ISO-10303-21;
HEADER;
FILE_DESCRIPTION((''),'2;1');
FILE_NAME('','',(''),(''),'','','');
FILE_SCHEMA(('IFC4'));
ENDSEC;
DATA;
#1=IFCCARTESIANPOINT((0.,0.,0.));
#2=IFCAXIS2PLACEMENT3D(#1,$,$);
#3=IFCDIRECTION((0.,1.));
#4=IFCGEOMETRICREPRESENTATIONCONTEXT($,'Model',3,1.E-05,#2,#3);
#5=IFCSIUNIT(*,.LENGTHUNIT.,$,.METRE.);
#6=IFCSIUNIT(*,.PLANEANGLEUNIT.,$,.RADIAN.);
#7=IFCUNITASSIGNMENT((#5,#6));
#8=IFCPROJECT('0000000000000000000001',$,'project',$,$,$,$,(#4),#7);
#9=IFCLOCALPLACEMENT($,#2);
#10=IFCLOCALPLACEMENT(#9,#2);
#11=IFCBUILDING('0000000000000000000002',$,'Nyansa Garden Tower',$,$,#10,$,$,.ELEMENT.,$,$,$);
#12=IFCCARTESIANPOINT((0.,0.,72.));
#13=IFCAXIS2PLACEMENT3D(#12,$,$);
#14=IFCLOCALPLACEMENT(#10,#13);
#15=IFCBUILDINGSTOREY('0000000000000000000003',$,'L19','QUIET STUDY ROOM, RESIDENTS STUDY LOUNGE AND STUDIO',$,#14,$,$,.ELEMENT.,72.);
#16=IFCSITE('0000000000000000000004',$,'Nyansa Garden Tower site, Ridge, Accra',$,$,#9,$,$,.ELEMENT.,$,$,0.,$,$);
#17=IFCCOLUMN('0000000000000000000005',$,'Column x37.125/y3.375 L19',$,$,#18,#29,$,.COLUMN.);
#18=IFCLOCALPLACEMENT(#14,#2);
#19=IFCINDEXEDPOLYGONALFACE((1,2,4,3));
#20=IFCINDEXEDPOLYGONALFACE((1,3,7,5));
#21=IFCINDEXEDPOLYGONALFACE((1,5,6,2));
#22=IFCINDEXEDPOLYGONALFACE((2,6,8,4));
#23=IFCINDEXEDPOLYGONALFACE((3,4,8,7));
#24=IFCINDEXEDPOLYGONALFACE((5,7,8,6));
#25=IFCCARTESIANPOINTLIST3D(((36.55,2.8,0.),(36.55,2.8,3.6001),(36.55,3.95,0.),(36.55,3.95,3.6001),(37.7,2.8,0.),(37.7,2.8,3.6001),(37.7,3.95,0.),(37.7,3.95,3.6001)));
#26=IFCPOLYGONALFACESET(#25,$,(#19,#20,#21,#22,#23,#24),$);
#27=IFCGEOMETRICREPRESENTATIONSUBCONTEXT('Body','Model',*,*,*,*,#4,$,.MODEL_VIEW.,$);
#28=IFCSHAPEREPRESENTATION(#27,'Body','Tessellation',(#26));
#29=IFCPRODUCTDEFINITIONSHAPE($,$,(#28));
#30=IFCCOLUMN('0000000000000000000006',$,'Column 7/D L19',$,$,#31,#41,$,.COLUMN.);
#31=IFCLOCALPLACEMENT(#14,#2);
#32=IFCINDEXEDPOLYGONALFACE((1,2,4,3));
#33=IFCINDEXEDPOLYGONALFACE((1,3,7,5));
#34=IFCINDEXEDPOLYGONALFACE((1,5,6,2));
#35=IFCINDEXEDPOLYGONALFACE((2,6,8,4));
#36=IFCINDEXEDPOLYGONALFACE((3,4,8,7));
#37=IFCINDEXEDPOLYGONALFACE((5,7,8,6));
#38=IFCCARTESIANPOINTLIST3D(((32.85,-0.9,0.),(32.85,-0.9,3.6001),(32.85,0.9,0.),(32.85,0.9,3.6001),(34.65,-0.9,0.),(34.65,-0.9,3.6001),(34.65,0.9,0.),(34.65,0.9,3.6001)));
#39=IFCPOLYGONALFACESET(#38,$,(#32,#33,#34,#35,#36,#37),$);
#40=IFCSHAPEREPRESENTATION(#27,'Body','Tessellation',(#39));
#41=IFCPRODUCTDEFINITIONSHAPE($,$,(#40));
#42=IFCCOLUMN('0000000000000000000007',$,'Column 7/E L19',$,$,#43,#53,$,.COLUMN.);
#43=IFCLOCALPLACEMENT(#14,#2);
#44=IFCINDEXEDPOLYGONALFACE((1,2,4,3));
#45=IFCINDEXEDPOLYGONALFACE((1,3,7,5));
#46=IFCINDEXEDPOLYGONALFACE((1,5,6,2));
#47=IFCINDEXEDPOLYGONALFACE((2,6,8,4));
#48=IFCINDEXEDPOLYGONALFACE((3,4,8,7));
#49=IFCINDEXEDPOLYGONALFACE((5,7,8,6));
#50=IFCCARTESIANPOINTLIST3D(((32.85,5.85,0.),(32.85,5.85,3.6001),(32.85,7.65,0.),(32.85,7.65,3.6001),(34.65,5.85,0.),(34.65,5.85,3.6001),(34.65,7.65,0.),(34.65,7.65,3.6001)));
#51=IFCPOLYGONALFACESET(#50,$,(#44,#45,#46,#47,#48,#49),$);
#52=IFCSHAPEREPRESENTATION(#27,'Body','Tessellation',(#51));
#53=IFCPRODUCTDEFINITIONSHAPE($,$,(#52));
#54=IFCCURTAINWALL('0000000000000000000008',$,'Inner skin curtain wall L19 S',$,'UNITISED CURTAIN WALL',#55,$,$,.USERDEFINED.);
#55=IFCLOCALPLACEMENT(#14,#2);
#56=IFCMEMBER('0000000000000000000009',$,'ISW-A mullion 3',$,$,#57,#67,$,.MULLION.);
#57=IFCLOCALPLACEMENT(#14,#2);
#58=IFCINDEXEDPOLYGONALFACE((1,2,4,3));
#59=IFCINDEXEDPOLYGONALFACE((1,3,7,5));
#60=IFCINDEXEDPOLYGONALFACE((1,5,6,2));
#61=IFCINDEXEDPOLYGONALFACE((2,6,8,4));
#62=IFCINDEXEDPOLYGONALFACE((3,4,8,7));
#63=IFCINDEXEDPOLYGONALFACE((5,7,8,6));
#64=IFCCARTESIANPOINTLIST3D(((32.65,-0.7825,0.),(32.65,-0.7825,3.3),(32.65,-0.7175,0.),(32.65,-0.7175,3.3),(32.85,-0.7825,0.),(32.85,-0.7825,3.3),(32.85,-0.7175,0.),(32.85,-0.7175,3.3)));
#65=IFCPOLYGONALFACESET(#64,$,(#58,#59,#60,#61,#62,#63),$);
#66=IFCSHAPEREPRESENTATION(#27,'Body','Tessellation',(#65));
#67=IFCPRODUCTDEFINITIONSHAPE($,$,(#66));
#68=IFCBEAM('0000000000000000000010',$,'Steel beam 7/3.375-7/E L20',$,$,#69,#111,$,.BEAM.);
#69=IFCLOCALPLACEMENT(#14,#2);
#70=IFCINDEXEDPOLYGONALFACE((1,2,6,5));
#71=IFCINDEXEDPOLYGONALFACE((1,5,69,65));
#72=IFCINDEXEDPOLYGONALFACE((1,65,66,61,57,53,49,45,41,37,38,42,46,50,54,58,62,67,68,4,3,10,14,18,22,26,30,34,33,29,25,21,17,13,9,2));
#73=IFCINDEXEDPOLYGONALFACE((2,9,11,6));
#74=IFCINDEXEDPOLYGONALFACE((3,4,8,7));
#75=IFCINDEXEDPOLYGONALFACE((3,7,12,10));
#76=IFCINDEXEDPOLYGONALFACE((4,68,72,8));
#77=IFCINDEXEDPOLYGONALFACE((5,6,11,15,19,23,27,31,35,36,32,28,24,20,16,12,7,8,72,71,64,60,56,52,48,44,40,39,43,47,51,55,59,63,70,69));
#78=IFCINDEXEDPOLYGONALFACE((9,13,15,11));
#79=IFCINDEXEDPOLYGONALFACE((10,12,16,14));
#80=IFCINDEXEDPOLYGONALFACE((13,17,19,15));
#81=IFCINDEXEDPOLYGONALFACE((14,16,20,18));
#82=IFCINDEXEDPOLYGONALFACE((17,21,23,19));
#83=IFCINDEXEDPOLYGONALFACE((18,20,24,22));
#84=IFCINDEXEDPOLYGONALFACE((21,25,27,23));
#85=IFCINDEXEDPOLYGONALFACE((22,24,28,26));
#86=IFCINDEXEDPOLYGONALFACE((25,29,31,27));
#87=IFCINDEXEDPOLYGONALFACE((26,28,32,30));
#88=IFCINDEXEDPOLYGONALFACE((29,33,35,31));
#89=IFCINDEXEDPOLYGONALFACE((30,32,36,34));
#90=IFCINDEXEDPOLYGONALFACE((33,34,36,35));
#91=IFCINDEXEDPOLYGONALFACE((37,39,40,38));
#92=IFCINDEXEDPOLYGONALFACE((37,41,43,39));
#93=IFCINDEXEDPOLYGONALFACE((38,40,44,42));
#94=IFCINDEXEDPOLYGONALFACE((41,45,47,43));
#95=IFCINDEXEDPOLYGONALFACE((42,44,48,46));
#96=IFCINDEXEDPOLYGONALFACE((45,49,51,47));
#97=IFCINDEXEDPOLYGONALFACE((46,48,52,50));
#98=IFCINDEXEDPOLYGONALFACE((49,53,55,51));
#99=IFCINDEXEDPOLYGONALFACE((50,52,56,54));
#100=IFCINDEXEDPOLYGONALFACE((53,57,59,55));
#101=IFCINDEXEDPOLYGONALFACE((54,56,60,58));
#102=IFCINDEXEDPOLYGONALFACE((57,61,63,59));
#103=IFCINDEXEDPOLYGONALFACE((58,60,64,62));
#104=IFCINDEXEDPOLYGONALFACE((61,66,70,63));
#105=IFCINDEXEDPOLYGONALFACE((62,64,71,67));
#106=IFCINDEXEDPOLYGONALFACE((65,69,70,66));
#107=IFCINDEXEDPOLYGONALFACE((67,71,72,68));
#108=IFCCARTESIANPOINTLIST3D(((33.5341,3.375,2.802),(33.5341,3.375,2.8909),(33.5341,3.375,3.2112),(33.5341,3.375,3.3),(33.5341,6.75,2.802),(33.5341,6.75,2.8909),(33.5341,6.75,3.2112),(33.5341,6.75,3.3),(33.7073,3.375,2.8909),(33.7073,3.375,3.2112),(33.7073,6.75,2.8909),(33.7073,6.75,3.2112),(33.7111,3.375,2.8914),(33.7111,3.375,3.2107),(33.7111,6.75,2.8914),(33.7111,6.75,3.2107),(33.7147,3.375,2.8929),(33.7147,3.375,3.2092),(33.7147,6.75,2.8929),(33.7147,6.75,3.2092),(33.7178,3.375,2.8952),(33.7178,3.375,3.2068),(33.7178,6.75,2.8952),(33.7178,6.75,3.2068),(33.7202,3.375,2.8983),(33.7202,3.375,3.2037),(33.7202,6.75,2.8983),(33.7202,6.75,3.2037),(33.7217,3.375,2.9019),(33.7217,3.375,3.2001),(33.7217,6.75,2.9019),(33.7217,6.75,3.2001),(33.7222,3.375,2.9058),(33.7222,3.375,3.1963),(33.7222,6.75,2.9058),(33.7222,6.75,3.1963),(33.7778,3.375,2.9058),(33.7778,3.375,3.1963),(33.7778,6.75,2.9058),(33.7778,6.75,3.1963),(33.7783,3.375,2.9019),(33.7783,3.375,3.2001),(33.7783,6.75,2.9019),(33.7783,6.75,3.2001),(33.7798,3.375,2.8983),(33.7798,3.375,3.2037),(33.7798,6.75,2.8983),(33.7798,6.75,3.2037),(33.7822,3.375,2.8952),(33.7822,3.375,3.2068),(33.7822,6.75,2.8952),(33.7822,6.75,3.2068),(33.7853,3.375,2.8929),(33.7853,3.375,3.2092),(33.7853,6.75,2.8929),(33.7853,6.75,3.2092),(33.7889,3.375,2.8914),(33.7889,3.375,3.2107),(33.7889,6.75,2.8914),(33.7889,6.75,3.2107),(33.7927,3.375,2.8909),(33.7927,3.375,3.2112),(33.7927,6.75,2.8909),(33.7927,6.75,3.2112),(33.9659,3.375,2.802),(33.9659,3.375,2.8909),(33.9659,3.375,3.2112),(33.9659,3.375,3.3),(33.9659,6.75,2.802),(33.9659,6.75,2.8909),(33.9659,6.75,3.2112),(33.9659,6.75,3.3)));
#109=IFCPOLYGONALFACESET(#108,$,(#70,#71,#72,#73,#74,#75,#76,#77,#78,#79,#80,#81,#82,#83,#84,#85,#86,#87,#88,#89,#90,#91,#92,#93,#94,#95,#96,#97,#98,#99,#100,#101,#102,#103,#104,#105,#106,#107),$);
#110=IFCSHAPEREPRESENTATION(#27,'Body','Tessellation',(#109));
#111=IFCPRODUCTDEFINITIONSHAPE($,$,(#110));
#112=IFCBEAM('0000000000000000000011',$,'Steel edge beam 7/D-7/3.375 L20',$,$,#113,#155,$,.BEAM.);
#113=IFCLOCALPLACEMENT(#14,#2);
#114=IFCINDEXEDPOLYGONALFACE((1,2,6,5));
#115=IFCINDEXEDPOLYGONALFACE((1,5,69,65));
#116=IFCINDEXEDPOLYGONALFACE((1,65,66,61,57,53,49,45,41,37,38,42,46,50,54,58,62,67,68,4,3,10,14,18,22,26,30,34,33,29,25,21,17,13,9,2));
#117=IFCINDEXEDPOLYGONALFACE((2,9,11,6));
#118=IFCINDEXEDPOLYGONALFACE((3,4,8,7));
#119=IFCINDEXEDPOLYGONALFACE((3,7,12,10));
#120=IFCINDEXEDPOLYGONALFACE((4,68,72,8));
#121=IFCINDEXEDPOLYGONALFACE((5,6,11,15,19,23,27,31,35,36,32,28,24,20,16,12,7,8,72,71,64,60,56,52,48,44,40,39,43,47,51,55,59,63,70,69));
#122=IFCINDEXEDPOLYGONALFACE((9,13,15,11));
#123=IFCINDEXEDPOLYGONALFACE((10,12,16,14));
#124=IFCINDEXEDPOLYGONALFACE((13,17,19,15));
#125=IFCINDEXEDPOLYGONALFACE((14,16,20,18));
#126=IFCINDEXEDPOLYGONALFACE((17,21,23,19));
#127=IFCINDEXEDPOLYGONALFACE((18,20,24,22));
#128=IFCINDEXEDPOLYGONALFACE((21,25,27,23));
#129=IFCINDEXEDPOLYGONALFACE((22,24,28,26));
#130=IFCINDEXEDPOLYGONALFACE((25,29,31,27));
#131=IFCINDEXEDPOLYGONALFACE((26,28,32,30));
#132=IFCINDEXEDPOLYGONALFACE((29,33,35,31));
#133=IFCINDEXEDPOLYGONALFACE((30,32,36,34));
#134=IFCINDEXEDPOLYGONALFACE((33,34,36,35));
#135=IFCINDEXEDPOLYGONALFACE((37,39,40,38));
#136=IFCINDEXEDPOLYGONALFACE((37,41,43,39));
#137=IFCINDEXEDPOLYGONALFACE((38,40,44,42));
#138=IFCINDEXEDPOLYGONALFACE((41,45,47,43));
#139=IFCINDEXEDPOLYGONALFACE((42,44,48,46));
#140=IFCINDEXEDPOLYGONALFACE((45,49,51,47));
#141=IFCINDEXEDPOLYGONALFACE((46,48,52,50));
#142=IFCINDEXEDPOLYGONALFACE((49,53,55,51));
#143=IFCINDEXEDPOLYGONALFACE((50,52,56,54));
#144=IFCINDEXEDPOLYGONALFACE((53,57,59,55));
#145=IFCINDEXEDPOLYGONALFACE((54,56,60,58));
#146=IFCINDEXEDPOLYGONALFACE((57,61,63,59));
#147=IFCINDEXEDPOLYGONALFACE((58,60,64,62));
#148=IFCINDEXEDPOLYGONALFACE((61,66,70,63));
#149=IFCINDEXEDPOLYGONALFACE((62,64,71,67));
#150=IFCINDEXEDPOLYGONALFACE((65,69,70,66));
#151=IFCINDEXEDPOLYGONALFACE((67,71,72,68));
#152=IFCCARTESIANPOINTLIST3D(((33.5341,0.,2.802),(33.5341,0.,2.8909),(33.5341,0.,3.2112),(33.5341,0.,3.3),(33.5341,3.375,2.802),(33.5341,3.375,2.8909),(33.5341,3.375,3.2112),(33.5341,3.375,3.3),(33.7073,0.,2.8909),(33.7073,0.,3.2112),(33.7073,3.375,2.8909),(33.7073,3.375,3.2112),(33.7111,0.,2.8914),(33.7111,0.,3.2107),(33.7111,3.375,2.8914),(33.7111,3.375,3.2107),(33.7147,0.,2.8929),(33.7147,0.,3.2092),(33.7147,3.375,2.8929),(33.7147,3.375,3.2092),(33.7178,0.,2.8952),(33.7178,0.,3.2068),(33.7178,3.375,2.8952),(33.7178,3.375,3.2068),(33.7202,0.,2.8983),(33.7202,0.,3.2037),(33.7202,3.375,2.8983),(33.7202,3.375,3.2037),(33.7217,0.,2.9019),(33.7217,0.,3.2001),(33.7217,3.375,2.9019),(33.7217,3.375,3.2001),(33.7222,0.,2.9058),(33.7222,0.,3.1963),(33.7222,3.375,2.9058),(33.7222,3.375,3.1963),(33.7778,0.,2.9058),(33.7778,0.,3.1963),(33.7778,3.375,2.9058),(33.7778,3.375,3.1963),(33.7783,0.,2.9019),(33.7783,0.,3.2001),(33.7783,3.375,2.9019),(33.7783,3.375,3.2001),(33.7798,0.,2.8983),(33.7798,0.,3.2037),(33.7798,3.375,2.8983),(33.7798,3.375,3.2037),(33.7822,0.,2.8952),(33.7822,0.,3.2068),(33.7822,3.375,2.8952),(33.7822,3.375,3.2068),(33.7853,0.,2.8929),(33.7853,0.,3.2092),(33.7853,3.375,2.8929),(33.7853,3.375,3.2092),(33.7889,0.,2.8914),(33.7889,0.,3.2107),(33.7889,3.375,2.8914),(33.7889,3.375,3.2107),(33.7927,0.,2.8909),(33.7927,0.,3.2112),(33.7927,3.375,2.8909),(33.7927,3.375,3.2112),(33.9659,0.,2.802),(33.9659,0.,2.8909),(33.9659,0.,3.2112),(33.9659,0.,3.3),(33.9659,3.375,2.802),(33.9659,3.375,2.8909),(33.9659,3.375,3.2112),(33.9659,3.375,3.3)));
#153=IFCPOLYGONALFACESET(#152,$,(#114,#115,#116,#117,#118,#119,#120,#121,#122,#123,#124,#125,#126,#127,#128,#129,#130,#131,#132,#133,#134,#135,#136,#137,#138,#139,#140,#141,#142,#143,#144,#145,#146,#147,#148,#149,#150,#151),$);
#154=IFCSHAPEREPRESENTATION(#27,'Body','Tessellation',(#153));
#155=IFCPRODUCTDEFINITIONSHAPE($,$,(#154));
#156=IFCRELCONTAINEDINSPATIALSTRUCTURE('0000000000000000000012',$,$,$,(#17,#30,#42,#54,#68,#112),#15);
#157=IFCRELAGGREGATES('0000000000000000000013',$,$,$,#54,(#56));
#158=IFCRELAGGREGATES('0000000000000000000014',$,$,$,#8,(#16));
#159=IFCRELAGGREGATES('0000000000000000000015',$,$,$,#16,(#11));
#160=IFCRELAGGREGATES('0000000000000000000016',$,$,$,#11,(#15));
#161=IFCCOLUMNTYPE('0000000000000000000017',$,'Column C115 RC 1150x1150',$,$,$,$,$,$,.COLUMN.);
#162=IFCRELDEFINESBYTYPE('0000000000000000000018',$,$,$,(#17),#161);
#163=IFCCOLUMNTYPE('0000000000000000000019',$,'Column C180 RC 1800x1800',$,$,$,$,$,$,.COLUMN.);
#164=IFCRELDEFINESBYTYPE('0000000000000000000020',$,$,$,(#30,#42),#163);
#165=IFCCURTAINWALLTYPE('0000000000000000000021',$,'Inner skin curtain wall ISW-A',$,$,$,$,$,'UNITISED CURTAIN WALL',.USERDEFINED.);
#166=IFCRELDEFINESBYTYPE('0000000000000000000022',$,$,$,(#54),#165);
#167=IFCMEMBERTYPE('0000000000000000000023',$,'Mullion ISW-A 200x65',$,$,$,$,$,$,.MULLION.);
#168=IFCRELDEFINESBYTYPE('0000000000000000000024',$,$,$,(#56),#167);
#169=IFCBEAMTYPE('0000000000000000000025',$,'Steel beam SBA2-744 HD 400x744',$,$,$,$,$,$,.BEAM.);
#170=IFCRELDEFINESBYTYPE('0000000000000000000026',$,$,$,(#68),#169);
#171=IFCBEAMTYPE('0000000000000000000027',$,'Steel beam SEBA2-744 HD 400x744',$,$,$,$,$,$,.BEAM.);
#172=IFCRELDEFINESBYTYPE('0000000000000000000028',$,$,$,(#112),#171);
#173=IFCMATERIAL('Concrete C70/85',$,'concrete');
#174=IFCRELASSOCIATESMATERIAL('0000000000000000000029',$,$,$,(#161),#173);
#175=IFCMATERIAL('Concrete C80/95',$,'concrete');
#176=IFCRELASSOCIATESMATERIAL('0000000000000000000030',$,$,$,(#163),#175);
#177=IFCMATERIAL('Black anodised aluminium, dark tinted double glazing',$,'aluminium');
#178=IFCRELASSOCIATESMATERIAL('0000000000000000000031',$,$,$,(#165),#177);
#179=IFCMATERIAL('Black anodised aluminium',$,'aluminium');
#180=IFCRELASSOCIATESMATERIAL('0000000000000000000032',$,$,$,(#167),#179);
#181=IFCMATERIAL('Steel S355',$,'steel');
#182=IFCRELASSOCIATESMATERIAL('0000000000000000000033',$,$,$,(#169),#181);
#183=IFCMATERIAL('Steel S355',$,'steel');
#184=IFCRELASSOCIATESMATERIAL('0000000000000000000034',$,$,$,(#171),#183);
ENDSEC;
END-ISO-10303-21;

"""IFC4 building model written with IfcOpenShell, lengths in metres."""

from ifc_helpers import new_model, si_unit, direction, frame, origin, origin_2d, place, context, subcontext, project, spatial, rectangle, i_section, extrude, material, material_profile, profile_set, type_object, element, aggregate, save


model = new_model("IFC4")

# Units and contexts
model_context = context("Model", 3, precision=1e-05, world=origin(), true_north=direction((0.0, 1.0)))
body_context = subcontext(model_context, "Body", "Model", "MODEL_VIEW")
ifc_project = project(units=[si_unit("LENGTHUNIT", "METRE"), si_unit("PLANEANGLEUNIT", "RADIAN")], contexts=[model_context])

# Site, building, storey
site_placement = place(None, origin())
site = spatial("IfcSite", under=ifc_project, at=site_placement, Name="Nyansa Garden Tower site, Ridge, Accra", CompositionType="ELEMENT", RefElevation=0.0)
building_placement = place(site_placement, origin())
building = spatial("IfcBuilding", under=site, at=building_placement, Name="Nyansa Garden Tower", CompositionType="ELEMENT")
storey_placement = place(building_placement, frame((0.0, 0.0, 72.0)))
storey = spatial("IfcBuildingStorey", under=building, at=storey_placement, Name="L19", Description="QUIET STUDY ROOM, RESIDENTS STUDY LOUNGE AND STUDIO", CompositionType="ELEMENT", Elevation=72.0)

# Columns
ifc_material_1 = material(Name="Concrete C70/85", Category="concrete")
ifc_material_profile_1 = material_profile(ifc_material_1, rectangle(XDim=1.1499, YDim=1.1499, at=origin_2d()), Name="RC 1150x1150")
ifc_profile_set_1 = profile_set([ifc_material_profile_1], Name="Concrete C70/85")
column_type_1 = type_object("IfcColumnType", Name="Column C115 RC 1150x1150", PredefinedType="COLUMN", material=ifc_profile_set_1)
column_placement = place(storey_placement, frame((37.125, 3.375, 0.0), z_axis=(0.0, 0.0, 1.0), x_axis=(1.0, 0.0, 0.0)))
element("IfcColumn", 1, at=column_placement, inside=storey, type_object=column_type_1, Name="Column x37.125/y3.375 L19", PredefinedType="COLUMN", context=body_context, shape_type="SweptSolid", body=[
    extrude(rectangle(XDim=1.1499, YDim=1.1499, at=origin_2d()), origin(), (0.0, 0.0, 1.0), 3.6001),
])
ifc_material_2 = material(Name="Concrete C80/95", Category="concrete")
ifc_material_profile_2 = material_profile(ifc_material_2, rectangle(XDim=1.8, YDim=1.8, at=origin_2d()), Name="RC 1800x1800")
ifc_profile_set_2 = profile_set([ifc_material_profile_2], Name="Concrete C80/95")
column_type_2 = type_object("IfcColumnType", Name="Column C180 RC 1800x1800", PredefinedType="COLUMN", material=ifc_profile_set_2)
for number, where, z_axis, x_axis, name in (
    (2, (33.75, 0.0, 0.0), (0.0, 0.0, 1.0), (1.0, 0.0, 0.0), "Column 7/D L19"),
    (3, (33.75, 6.75, 0.0), (0.0, 0.0, 1.0), (1.0, 0.0, 0.0), "Column 7/E L19"),
):
    element("IfcColumn", number, at=place(storey_placement, frame(where, z_axis=z_axis, x_axis=x_axis)), inside=storey, type_object=column_type_2, Name=name, PredefinedType="COLUMN", context=body_context, shape_type="SweptSolid", body=[
        extrude(rectangle(XDim=1.8, YDim=1.8, at=origin_2d()), origin(), (0.0, 0.0, 1.0), 3.6001),
    ])

# Curtain wall, member
ifc_material_3 = material(Name="Black anodised aluminium, dark tinted double glazing", Category="aluminium")
curtain_wall_type = type_object("IfcCurtainWallType", Name="Inner skin curtain wall ISW-A", ElementType="UNITISED CURTAIN WALL", PredefinedType="USERDEFINED", material=ifc_material_3)
curtain_wall_placement = place(storey_placement, origin())
curtain_wall = element("IfcCurtainWall", 4, at=curtain_wall_placement, inside=storey, type_object=curtain_wall_type, Name="Inner skin curtain wall L19 S", ObjectType="UNITISED CURTAIN WALL", PredefinedType="USERDEFINED")
ifc_material_4 = material(Name="Black anodised aluminium", Category="aluminium")
ifc_material_profile_3 = material_profile(ifc_material_4, rectangle(XDim=0.0649, YDim=0.2, at=origin_2d()), Name="Mullion 200x65")
ifc_profile_set_3 = profile_set([ifc_material_profile_3], Name="Black anodised aluminium")
member_type = type_object("IfcMemberType", Name="Mullion ISW-A 200x65", PredefinedType="MULLION", material=ifc_profile_set_3)
member_placement = place(storey_placement, frame((32.75, -0.75, 0.0), z_axis=(0.0, 0.0, 1.0), x_axis=(0.0, 1.0, 0.0)))
member = element("IfcMember", 5, at=member_placement, type_object=member_type, Name="ISW-A mullion 3", PredefinedType="MULLION", context=body_context, shape_type="SweptSolid", body=[
    extrude(rectangle(XDim=0.0649, YDim=0.2, at=origin_2d()), origin(), (0.0, 0.0, 1.0), 3.3),
])

# Beams
ifc_material_5 = material(Name="Steel S355", Category="steel")
ifc_material_profile_4 = material_profile(ifc_material_5, i_section(OverallWidth=0.4319, OverallDepth=0.498, WebThickness=0.0557, FlangeThickness=0.0889, FilletRadius=0.0149, at=origin_2d()), Name="HD 400x744")
ifc_profile_set_4 = profile_set([ifc_material_profile_4], Name="Steel S355")
beam_type_1 = type_object("IfcBeamType", Name="Steel beam SBA2-744 HD 400x744", PredefinedType="BEAM", material=ifc_profile_set_4)
beam_1_placement = place(storey_placement, frame((33.75, 3.375, 3.051), z_axis=(0.0, 1.0, 0.0), x_axis=(-1.0, 0.0, 0.0)))
element("IfcBeam", 6, at=beam_1_placement, inside=storey, type_object=beam_type_1, Name="Steel beam 7/3.375-7/E L20", PredefinedType="BEAM", context=body_context, shape_type="SweptSolid", body=[
    extrude(i_section(OverallWidth=0.4319, OverallDepth=0.498, WebThickness=0.0557, FlangeThickness=0.0889, FilletRadius=0.0149, at=origin_2d()), origin(), (0.0, 0.0, 1.0), 3.375),
])
ifc_material_6 = material(Name="Steel S355", Category="steel")
ifc_material_profile_5 = material_profile(ifc_material_6, i_section(OverallWidth=0.4319, OverallDepth=0.498, WebThickness=0.0557, FlangeThickness=0.0889, FilletRadius=0.0149, at=origin_2d()), Name="HD 400x744")
ifc_profile_set_5 = profile_set([ifc_material_profile_5], Name="Steel S355")
beam_type_2 = type_object("IfcBeamType", Name="Steel beam SEBA2-744 HD 400x744", PredefinedType="BEAM", material=ifc_profile_set_5)
beam_2_placement = place(storey_placement, frame((33.75, 0.0, 3.051), z_axis=(0.0, 1.0, 0.0), x_axis=(-1.0, 0.0, 0.0)))
element("IfcBeam", 7, at=beam_2_placement, inside=storey, type_object=beam_type_2, Name="Steel edge beam 7/D-7/3.375 L20", PredefinedType="BEAM", context=body_context, shape_type="SweptSolid", body=[
    extrude(i_section(OverallWidth=0.4319, OverallDepth=0.498, WebThickness=0.0557, FlangeThickness=0.0889, FilletRadius=0.0149, at=origin_2d()), origin(), (0.0, 0.0, 1.0), 3.375),
])

aggregate(curtain_wall, [member])

save(model, "model.ifc")
